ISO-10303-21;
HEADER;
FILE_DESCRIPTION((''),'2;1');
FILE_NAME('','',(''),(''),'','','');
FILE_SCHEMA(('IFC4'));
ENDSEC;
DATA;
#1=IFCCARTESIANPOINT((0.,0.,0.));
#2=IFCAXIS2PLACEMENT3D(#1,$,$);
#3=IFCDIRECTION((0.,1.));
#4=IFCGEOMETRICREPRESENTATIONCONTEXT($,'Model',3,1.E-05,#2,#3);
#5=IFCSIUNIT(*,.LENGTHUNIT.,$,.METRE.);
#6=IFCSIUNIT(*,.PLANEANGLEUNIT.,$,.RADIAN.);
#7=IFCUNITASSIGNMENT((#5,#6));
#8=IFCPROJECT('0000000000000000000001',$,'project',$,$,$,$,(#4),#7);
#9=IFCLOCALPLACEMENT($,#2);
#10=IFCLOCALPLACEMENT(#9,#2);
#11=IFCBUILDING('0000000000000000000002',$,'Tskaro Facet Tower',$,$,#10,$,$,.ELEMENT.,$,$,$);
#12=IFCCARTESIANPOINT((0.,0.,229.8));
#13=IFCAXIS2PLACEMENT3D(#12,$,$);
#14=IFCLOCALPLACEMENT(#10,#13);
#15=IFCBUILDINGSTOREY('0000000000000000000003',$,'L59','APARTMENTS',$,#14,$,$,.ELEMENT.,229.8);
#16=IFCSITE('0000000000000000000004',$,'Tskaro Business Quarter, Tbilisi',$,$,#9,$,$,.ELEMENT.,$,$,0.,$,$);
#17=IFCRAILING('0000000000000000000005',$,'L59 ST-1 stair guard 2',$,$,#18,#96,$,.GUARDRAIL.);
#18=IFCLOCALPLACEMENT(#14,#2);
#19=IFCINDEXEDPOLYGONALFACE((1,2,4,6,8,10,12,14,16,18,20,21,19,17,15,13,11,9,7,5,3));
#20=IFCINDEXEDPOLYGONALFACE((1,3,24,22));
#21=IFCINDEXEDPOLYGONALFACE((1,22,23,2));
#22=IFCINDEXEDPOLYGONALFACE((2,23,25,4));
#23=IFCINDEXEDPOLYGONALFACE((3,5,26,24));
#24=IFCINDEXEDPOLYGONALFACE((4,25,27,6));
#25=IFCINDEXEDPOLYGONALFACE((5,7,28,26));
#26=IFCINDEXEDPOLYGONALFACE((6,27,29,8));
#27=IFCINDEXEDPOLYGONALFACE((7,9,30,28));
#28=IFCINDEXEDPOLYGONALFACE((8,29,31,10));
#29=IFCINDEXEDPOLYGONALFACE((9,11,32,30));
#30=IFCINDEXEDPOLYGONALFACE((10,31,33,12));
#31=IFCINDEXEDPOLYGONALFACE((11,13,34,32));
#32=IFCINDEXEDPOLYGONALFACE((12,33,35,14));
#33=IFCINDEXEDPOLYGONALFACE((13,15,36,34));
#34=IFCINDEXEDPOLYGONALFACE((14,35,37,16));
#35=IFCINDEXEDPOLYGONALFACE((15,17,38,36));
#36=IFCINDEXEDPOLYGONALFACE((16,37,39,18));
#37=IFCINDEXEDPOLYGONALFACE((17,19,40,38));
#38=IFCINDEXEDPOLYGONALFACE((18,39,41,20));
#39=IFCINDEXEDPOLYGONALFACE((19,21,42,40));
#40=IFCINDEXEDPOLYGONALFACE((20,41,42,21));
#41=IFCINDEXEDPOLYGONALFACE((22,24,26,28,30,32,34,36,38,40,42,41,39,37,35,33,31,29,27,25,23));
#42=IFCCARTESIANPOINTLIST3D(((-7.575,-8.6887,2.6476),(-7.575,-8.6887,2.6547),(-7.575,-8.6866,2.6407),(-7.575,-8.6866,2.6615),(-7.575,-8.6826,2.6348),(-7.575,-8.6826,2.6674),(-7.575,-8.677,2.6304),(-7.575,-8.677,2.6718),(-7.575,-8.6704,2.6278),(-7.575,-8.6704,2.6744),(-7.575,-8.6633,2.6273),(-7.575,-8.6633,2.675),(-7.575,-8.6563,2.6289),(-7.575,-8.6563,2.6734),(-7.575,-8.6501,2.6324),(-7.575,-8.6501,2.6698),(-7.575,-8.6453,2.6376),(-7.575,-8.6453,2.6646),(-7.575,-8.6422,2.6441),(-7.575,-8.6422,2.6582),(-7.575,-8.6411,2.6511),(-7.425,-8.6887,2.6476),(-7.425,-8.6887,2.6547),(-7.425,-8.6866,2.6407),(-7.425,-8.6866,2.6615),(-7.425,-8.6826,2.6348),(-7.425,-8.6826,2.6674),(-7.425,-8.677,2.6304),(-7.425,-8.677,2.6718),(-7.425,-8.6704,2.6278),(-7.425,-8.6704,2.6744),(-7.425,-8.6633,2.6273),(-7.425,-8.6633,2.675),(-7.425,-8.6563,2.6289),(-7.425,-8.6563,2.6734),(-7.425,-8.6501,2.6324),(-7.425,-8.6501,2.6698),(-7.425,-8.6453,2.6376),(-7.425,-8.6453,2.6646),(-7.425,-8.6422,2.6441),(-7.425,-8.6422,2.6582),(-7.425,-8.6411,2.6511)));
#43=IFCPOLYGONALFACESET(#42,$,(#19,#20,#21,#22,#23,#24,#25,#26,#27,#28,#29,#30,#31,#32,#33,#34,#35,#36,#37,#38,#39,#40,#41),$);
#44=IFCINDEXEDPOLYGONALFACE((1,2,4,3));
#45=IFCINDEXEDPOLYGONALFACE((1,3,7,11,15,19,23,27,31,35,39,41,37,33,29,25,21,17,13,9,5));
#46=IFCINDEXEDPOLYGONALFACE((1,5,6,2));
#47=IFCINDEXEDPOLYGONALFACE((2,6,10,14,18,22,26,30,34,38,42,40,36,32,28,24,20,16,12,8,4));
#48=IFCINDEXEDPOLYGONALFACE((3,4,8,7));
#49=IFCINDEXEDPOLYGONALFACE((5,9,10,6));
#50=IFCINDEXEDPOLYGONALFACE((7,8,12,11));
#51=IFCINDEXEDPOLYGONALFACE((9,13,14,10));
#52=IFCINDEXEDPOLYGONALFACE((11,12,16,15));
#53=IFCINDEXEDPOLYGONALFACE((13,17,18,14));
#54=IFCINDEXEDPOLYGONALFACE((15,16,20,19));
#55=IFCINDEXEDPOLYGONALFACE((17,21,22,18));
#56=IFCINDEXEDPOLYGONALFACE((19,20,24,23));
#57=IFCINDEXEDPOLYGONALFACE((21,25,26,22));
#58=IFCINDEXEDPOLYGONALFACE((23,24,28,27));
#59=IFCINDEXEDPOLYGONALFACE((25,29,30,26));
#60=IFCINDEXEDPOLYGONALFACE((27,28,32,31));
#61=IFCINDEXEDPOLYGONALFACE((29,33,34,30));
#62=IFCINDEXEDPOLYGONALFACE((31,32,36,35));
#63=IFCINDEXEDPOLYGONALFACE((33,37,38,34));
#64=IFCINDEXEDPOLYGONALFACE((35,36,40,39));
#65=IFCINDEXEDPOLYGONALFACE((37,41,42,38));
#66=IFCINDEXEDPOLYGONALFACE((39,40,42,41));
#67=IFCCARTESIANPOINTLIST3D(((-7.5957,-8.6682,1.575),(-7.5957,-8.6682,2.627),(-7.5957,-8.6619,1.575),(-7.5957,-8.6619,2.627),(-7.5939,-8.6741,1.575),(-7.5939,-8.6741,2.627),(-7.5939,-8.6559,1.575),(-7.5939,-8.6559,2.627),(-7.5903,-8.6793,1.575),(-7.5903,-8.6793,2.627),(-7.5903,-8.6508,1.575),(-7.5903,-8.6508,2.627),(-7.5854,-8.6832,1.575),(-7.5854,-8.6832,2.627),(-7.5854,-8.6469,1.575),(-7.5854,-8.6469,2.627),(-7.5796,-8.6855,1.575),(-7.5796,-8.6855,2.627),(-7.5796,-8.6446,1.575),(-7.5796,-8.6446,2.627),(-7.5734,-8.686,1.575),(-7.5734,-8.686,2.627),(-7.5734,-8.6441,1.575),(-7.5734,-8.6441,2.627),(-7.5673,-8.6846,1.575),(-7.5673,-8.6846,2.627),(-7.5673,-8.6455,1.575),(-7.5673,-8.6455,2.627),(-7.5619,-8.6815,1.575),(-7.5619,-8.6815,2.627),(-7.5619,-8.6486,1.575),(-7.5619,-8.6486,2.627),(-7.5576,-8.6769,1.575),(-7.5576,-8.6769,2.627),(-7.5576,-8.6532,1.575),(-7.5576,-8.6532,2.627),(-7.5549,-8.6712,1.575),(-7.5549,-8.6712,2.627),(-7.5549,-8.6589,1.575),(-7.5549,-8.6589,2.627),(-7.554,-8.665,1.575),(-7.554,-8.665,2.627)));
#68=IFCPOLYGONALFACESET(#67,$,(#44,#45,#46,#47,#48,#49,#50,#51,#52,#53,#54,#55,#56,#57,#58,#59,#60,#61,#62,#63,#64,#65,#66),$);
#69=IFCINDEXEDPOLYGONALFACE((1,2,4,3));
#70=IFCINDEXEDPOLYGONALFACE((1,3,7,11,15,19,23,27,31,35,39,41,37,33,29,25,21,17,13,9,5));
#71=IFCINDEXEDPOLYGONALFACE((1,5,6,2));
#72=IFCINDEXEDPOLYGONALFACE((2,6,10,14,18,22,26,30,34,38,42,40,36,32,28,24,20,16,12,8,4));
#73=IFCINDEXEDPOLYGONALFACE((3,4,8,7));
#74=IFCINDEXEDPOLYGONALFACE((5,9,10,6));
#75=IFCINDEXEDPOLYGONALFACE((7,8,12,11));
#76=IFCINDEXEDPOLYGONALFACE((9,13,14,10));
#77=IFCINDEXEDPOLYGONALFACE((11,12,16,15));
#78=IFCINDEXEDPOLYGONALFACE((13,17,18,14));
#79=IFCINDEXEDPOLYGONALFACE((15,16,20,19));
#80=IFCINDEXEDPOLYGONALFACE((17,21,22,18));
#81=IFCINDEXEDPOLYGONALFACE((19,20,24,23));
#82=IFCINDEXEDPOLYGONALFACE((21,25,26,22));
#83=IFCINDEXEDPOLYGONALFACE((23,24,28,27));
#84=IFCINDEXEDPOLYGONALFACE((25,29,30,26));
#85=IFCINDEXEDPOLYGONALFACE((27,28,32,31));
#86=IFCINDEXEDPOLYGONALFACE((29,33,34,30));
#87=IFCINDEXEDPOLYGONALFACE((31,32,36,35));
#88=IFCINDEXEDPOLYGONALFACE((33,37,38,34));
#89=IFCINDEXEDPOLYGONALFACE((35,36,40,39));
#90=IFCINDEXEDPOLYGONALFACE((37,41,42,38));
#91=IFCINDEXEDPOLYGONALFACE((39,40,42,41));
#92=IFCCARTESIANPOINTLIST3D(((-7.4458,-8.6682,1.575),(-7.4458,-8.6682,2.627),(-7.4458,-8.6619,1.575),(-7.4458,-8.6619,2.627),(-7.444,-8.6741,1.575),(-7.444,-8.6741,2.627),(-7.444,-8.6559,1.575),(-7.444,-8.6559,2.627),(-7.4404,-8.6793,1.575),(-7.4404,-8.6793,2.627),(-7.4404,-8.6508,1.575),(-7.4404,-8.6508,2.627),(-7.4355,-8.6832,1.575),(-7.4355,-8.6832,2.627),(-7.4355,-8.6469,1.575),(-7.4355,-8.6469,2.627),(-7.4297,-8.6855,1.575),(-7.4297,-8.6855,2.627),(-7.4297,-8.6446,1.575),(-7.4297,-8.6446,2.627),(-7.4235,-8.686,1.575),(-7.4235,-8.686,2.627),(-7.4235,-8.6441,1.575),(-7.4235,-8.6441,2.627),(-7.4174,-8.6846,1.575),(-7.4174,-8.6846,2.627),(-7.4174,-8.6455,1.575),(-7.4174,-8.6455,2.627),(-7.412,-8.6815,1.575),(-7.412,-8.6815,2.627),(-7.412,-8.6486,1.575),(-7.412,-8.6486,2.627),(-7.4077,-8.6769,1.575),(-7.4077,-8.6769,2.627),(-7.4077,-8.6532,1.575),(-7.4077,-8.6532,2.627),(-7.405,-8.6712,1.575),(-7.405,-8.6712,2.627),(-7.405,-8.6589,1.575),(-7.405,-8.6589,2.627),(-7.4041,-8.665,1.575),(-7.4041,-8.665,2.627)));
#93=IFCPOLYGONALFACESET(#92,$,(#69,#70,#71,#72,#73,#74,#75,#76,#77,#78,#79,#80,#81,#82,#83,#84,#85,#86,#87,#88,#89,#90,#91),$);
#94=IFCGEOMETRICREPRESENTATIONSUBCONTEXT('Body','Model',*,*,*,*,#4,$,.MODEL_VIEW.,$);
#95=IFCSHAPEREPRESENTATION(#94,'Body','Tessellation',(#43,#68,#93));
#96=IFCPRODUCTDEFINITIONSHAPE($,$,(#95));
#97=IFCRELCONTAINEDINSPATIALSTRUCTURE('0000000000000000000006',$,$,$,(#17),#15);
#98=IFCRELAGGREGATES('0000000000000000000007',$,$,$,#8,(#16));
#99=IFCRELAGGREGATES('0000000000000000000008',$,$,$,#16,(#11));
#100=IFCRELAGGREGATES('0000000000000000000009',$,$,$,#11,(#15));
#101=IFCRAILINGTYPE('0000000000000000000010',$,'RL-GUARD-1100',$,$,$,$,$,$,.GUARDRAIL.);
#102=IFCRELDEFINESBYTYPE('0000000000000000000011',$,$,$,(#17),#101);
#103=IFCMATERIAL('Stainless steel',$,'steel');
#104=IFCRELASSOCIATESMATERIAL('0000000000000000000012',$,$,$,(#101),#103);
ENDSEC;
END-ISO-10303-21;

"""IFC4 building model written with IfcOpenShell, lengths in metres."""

from ifc_helpers import new_model, si_unit, direction, frame, origin, origin_2d, place, context, subcontext, project, spatial, circle, extrude, material, type_object, element, save


model = new_model("IFC4")

# Units and contexts
model_context = context("Model", 3, precision=1e-05, world=origin(), true_north=direction((0.0, 1.0)))
body_context = subcontext(model_context, "Body", "Model", "MODEL_VIEW")
ifc_project = project(units=[si_unit("LENGTHUNIT", "METRE"), si_unit("PLANEANGLEUNIT", "RADIAN")], contexts=[model_context])

# Site, building, storey
site_placement = place(None, origin())
site = spatial("IfcSite", under=ifc_project, at=site_placement, Name="Tskaro Business Quarter, Tbilisi", CompositionType="ELEMENT", RefElevation=0.0)
building_placement = place(site_placement, origin())
building = spatial("IfcBuilding", under=site, at=building_placement, Name="Tskaro Facet Tower", CompositionType="ELEMENT")
storey_placement = place(building_placement, frame((0.0, 0.0, 229.8)))
storey = spatial("IfcBuildingStorey", under=building, at=storey_placement, Name="L59", Description="APARTMENTS", CompositionType="ELEMENT", Elevation=229.8)

# Shared definitions
ifc_material_1 = material(Name="Stainless steel", Category="steel")

# Railing
railing_type_1 = type_object("IfcRailingType", Name="RL-GUARD-1100", PredefinedType="GUARDRAIL", material=ifc_material_1)
railing_1_placement = place(storey_placement, frame((-7.575, -8.665, 1.575)))
element("IfcRailing", 1, at=railing_1_placement, inside=storey, type_object=railing_type_1, Name="L59 ST-1 stair guard 2", PredefinedType="GUARDRAIL", context=body_context, shape_type="SweptSolid", body=[
    extrude(circle(Radius=0.0239, at=origin_2d()), frame((0.0, 0.0, 1.0762), z_axis=(1.0, 0.0, 0.0), x_axis=(0.0, 1.0, 0.0)), (0.0, 0.0, 1.0), 0.1499),
    extrude(circle(Radius=0.021, at=origin_2d()), origin(), (0.0, 0.0, 1.0), 1.052),
    extrude(circle(Radius=0.021, at=origin_2d()), frame((0.1499, 0.0, 0.0)), (0.0, 0.0, 1.0), 1.052),
])

save(model, "model.ifc")
